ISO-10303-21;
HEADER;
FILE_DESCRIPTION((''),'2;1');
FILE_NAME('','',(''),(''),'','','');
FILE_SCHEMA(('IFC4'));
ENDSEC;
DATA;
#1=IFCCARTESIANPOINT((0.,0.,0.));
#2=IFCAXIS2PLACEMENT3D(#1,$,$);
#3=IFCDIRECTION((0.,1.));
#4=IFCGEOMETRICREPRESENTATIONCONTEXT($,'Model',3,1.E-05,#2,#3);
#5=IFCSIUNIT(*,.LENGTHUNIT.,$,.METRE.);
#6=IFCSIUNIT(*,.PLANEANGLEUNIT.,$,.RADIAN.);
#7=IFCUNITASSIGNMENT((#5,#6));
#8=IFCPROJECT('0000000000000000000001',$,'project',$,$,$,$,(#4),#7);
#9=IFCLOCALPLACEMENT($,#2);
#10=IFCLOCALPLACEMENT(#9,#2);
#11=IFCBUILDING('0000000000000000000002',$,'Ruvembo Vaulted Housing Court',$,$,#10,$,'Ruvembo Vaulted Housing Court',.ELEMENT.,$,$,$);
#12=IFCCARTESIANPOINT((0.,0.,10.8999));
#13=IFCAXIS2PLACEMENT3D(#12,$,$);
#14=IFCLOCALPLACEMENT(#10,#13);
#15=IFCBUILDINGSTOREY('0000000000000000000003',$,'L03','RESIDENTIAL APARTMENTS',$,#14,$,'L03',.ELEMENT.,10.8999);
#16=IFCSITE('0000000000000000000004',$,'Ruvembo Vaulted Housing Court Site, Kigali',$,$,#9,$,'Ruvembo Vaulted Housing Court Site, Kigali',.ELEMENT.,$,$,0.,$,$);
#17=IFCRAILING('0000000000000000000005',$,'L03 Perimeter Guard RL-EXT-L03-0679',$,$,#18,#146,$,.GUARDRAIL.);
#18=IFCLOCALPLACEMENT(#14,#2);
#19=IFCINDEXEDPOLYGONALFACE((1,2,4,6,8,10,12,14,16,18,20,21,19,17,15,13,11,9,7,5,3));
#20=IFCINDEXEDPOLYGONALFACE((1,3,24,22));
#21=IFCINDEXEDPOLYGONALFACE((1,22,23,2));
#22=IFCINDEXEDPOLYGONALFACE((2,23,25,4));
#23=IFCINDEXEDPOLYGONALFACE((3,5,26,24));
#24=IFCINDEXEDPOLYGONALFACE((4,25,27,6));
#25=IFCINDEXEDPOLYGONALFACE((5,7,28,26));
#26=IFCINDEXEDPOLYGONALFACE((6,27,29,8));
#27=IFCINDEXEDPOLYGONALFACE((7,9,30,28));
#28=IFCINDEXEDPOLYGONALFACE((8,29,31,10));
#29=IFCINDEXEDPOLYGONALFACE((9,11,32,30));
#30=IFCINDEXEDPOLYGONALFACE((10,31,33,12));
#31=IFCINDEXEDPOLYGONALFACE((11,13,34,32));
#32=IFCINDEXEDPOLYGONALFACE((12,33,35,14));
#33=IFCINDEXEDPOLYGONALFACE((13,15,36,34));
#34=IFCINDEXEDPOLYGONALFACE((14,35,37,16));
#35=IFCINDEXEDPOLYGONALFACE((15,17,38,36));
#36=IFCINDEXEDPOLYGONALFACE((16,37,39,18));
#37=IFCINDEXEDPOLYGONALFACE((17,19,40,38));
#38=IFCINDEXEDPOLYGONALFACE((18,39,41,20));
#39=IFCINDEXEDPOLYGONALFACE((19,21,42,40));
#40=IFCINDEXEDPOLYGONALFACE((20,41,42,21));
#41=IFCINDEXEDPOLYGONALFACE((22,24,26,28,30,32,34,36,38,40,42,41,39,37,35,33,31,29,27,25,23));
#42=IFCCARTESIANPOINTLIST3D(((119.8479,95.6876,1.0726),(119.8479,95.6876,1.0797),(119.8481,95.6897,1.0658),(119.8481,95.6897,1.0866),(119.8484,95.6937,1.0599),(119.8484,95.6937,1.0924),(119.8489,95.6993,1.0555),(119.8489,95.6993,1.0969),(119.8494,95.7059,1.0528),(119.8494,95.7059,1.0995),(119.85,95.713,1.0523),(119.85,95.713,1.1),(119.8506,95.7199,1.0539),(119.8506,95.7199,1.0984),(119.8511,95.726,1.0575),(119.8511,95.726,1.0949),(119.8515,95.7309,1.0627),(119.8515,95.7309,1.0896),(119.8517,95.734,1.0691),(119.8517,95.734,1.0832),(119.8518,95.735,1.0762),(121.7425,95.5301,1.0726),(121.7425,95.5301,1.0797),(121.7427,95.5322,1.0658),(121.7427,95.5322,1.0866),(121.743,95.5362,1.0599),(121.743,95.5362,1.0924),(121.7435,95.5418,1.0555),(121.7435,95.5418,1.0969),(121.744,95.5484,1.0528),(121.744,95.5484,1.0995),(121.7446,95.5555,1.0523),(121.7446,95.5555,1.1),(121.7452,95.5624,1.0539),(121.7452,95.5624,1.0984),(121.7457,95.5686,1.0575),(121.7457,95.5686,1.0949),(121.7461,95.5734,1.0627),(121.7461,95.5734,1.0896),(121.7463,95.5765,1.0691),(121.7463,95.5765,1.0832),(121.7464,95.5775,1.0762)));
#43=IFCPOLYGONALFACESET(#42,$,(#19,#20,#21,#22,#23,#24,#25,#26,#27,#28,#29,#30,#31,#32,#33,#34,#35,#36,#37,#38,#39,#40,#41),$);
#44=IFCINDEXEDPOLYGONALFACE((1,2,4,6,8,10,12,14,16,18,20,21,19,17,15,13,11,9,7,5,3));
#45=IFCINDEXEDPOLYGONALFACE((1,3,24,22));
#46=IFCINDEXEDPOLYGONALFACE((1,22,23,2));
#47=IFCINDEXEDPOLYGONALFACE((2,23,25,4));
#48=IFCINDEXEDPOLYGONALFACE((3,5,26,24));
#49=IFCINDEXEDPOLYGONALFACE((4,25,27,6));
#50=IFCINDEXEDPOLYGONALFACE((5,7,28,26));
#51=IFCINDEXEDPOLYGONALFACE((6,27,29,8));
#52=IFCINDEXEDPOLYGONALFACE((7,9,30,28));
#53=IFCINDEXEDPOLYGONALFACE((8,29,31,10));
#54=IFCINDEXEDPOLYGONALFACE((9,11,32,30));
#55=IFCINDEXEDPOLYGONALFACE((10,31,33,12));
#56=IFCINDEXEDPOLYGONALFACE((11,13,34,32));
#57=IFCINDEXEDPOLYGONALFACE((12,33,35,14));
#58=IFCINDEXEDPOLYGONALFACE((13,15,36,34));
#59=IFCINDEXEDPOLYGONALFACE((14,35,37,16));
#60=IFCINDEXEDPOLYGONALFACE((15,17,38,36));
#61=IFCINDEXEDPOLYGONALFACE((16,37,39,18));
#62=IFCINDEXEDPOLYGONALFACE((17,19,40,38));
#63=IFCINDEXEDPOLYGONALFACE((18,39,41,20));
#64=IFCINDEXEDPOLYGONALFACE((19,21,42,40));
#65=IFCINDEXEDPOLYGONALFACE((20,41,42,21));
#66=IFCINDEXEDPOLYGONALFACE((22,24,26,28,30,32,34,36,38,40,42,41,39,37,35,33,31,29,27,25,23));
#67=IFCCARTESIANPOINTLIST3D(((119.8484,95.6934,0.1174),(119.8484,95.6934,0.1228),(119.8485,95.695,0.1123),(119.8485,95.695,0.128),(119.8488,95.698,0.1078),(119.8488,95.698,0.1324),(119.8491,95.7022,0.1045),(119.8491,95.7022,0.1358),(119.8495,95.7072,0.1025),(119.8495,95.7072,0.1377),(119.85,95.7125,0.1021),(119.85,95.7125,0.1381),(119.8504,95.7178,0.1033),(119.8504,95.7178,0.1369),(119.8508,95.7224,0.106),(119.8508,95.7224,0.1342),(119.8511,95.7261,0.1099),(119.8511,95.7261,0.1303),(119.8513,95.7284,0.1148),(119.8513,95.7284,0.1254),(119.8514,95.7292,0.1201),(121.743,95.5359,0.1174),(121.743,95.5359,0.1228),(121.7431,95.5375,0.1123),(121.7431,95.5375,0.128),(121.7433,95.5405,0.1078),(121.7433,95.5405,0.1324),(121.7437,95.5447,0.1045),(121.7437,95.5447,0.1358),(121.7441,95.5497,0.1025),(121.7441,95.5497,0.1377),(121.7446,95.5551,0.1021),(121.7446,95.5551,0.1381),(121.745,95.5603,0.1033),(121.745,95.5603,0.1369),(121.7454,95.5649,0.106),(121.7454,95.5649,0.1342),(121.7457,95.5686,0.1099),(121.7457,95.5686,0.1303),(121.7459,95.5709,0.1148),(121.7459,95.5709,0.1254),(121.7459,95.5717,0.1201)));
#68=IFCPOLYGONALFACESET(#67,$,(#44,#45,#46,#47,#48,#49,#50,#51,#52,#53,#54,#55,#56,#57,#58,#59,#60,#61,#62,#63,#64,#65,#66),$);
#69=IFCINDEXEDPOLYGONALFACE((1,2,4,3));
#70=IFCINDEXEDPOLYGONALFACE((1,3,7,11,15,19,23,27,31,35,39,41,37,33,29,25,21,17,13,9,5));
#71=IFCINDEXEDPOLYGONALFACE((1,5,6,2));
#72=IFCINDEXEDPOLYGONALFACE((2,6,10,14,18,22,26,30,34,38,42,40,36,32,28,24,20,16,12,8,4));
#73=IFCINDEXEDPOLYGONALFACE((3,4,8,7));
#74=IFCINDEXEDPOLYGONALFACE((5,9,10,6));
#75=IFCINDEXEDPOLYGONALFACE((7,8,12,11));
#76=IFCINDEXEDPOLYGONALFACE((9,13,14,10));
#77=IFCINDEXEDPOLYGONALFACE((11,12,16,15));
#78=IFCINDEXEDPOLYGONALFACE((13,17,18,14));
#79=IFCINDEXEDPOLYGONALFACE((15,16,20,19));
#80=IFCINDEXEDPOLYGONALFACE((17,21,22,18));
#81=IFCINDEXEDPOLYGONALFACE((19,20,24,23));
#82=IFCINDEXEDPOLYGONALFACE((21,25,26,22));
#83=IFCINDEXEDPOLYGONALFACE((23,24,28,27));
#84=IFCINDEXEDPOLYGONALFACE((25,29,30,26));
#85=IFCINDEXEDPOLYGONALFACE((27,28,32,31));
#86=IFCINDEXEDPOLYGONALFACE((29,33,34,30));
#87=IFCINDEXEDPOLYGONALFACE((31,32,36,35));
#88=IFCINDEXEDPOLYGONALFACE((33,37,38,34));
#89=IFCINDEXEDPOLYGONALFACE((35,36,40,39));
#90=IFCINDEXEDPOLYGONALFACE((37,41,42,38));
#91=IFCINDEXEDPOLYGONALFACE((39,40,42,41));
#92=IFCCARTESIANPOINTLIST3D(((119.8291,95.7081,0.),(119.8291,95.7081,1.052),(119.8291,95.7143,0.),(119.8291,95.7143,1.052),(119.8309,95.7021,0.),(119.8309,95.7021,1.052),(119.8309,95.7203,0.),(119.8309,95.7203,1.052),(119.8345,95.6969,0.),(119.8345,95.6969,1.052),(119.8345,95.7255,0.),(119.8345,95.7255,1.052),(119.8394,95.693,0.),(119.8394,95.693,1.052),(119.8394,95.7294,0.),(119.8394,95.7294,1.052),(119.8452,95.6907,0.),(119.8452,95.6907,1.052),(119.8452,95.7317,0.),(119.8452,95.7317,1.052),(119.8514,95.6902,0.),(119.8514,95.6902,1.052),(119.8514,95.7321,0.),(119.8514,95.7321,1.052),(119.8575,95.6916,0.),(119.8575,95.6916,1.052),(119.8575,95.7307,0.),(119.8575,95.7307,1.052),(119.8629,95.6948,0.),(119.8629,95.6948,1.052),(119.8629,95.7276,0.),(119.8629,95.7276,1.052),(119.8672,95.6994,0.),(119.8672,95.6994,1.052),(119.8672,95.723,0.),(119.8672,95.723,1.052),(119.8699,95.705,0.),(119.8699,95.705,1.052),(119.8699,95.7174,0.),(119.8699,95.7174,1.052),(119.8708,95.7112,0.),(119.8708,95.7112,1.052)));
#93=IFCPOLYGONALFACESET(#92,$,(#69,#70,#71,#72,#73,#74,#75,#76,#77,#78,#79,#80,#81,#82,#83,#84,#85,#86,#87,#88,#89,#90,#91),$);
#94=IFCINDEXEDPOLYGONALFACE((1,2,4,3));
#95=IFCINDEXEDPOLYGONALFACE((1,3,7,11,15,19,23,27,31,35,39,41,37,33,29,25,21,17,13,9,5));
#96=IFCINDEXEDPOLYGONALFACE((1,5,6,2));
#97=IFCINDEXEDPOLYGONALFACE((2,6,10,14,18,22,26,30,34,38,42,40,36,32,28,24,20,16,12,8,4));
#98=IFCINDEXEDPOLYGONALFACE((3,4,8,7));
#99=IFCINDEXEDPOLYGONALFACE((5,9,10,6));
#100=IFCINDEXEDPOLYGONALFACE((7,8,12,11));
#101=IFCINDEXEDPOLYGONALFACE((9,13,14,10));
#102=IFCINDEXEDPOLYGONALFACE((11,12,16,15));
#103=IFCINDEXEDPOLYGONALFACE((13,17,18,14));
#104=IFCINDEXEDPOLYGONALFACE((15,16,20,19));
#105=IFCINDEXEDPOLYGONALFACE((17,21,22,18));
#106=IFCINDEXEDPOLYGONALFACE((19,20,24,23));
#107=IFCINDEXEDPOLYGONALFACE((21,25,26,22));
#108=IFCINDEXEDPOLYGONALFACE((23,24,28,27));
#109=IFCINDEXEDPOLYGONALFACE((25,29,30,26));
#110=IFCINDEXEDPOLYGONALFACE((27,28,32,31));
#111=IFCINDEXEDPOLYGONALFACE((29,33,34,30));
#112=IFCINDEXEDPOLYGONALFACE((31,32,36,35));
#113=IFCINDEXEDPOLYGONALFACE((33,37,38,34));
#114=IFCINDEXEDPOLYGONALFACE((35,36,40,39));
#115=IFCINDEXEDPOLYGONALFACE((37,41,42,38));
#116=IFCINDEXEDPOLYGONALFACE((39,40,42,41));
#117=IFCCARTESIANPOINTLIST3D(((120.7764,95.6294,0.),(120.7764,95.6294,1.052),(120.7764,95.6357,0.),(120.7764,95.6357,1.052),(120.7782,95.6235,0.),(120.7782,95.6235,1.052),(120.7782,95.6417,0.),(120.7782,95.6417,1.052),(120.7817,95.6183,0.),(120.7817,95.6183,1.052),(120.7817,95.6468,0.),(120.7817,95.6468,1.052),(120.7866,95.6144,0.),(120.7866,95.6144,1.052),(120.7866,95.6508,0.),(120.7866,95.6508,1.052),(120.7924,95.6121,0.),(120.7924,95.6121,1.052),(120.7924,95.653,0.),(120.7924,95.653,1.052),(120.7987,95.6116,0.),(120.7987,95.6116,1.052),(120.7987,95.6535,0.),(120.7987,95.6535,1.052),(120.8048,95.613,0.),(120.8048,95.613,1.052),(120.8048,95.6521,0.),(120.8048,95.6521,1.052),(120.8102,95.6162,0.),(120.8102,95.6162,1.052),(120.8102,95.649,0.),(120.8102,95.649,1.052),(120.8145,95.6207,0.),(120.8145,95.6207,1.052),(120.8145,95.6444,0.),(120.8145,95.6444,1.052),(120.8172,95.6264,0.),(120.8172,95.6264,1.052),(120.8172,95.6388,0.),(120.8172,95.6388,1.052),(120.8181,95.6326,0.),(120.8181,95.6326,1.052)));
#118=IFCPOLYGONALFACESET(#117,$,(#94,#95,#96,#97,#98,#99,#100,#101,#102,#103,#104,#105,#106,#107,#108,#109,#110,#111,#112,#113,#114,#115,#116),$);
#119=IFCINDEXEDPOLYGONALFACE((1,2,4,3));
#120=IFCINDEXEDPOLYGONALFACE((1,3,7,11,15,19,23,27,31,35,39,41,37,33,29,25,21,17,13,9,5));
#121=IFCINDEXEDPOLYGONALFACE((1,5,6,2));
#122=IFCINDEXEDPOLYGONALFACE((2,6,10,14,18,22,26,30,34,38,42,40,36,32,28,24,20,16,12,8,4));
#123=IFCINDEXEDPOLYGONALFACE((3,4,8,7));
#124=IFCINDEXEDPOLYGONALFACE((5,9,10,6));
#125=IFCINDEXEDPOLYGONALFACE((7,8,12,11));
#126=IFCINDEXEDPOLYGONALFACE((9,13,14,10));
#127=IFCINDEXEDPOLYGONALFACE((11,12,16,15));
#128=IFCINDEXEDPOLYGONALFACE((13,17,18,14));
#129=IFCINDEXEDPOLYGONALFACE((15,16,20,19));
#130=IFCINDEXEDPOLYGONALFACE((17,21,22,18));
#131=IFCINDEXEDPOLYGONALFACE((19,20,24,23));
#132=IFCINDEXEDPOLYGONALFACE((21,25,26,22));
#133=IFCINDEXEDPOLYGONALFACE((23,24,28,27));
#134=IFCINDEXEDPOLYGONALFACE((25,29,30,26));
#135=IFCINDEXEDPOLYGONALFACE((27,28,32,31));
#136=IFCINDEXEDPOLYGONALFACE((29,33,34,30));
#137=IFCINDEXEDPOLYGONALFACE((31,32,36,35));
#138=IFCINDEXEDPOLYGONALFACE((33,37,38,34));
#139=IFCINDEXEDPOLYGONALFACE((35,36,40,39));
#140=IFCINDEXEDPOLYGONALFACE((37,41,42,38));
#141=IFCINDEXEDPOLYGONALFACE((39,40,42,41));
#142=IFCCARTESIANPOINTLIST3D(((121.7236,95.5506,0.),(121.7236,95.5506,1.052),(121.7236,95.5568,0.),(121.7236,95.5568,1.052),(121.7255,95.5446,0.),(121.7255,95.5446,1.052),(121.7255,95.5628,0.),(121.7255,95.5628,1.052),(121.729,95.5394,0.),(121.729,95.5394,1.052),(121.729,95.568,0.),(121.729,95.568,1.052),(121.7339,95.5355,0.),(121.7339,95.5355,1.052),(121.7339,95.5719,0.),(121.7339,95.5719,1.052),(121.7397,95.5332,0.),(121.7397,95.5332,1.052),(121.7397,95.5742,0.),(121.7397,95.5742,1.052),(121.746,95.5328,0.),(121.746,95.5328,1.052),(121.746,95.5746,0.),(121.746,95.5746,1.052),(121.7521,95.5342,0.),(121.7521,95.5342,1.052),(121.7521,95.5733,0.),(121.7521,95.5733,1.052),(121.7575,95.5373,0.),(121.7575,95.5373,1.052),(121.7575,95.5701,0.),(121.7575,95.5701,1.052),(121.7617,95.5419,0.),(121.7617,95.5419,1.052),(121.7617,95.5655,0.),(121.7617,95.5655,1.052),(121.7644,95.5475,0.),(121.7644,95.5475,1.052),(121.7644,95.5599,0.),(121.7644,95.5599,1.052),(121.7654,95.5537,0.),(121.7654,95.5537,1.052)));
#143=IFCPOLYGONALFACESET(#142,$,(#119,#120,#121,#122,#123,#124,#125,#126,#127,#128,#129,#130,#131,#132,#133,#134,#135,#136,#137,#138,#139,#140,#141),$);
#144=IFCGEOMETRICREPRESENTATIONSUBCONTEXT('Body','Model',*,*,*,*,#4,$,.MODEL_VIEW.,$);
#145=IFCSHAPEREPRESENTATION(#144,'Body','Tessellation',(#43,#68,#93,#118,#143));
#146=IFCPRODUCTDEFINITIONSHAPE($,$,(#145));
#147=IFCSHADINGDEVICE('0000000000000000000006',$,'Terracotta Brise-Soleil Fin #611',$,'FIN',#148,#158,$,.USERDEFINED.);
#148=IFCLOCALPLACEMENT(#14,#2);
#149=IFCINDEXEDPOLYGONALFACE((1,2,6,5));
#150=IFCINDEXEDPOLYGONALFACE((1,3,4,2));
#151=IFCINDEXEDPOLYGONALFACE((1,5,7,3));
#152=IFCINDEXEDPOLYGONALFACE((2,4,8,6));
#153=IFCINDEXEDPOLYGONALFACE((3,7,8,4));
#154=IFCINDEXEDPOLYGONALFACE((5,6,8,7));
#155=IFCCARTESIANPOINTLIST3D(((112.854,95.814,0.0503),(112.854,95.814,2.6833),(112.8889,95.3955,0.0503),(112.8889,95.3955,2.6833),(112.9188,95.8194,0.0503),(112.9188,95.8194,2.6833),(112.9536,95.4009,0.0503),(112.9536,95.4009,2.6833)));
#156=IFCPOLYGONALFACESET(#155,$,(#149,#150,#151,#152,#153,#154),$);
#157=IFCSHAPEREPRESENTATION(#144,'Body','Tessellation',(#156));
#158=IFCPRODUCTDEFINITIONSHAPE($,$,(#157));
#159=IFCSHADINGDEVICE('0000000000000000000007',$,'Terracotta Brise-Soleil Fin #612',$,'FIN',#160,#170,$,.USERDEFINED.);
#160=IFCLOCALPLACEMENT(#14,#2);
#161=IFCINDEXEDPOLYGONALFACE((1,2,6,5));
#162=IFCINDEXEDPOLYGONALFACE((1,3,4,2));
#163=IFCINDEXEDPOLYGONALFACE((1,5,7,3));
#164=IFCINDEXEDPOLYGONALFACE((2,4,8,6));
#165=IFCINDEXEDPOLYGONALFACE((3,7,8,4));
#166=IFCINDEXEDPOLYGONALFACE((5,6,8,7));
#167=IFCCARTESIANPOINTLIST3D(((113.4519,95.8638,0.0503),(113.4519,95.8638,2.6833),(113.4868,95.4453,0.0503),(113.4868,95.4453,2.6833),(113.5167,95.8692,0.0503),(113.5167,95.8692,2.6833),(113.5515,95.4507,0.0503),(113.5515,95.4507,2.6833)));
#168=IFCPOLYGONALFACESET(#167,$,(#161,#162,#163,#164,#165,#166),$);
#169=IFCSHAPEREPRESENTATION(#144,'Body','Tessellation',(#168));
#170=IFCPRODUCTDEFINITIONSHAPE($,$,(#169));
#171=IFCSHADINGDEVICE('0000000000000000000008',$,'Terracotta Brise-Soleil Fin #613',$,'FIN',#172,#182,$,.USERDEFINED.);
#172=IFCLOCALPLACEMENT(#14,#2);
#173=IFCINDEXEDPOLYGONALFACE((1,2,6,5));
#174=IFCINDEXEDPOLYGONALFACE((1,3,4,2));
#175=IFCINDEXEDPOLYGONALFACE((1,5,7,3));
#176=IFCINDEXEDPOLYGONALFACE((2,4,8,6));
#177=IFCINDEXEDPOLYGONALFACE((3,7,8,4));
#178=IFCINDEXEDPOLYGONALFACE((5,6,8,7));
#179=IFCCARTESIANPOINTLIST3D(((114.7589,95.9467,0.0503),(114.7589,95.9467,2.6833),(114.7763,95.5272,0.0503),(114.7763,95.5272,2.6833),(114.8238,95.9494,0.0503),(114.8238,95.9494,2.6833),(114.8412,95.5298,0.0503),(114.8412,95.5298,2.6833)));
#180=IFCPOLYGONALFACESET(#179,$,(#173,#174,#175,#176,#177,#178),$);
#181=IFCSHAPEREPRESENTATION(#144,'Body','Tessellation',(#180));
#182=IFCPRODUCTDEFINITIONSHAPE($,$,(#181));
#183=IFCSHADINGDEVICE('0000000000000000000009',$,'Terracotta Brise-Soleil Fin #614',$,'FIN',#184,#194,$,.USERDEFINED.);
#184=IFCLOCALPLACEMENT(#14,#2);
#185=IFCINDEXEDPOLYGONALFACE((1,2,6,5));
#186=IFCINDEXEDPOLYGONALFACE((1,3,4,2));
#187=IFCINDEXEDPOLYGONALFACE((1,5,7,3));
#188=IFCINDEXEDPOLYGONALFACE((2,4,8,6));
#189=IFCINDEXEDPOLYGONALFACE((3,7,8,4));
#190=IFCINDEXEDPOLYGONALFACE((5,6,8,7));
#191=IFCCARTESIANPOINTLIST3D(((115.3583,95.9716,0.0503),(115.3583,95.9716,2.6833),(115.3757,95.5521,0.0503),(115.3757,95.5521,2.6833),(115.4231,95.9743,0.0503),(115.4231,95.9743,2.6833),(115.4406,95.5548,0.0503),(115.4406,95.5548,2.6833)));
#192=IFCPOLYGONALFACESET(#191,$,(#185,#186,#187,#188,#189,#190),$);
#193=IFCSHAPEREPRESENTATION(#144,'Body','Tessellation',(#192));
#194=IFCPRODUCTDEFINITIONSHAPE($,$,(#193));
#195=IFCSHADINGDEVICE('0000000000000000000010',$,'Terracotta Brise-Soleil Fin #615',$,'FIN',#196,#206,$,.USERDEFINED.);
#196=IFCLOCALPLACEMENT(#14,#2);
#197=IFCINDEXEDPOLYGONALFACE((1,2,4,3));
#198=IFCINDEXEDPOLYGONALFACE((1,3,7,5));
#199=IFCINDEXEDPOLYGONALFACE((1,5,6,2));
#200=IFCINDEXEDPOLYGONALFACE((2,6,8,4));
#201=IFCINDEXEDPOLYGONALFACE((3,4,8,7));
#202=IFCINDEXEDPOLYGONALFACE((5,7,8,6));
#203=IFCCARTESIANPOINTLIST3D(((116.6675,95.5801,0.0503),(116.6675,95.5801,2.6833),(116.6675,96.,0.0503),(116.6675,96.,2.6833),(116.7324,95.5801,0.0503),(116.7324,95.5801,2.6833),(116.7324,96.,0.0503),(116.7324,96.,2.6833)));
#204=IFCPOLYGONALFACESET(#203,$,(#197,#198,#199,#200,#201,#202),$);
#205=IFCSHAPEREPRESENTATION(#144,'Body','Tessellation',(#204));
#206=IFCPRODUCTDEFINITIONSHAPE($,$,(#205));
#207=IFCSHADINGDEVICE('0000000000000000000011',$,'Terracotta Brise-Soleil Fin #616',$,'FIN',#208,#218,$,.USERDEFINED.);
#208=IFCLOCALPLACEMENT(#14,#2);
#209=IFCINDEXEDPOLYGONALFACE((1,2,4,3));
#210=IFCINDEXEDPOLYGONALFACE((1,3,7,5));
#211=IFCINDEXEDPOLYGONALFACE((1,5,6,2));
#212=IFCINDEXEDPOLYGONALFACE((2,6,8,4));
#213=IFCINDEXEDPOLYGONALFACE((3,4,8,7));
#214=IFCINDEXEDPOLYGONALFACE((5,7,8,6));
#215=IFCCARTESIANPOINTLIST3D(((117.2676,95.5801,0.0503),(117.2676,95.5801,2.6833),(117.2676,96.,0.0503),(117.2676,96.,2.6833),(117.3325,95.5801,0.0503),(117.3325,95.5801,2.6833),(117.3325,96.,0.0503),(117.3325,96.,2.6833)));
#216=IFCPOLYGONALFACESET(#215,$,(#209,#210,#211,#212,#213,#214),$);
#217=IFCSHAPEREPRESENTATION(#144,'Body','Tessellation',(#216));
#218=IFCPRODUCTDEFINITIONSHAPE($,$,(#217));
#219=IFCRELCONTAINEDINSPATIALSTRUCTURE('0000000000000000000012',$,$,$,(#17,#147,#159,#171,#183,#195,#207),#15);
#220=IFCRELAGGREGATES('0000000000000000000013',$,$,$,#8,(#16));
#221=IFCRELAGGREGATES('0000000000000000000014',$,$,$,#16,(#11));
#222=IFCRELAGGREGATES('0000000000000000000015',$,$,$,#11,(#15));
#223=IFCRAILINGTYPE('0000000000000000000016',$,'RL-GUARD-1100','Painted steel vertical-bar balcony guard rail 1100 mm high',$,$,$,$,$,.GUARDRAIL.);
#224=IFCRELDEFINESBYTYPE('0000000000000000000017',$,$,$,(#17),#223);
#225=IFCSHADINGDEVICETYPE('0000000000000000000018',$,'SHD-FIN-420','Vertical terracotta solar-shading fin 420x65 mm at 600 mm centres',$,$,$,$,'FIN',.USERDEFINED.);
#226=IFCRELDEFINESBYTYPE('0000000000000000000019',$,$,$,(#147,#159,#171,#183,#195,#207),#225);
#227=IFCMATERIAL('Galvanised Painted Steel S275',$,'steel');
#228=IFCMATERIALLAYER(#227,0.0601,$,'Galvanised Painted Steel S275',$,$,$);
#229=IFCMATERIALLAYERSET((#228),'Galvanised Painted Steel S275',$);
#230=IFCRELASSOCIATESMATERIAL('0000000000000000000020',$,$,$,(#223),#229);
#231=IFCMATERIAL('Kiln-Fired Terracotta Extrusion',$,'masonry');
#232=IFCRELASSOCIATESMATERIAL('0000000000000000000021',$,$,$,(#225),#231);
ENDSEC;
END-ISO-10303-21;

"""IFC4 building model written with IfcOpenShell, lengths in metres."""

from ifc_helpers import new_model, si_unit, direction, frame, origin, origin_2d, place, context, subcontext, project, spatial, rectangle, circle, extrude, material, layer, layer_set, type_object, element, save


model = new_model("IFC4")

# Units and contexts
model_context = context("Model", 3, precision=1e-05, world=origin(), true_north=direction((0.0, 1.0)))
body_context = subcontext(model_context, "Body", "Model", "MODEL_VIEW")
ifc_project = project(units=[si_unit("LENGTHUNIT", "METRE"), si_unit("PLANEANGLEUNIT", "RADIAN")], contexts=[model_context])

# Site, building, storey
site_placement = place(None, origin())
site = spatial("IfcSite", under=ifc_project, at=site_placement, Name="Ruvembo Vaulted Housing Court Site, Kigali", LongName="Ruvembo Vaulted Housing Court Site, Kigali", CompositionType="ELEMENT", RefElevation=0.0)
building_placement = place(site_placement, origin())
building = spatial("IfcBuilding", under=site, at=building_placement, Name="Ruvembo Vaulted Housing Court", LongName="Ruvembo Vaulted Housing Court", CompositionType="ELEMENT")
storey_placement = place(building_placement, frame((0.0, 0.0, 10.8999)))
storey = spatial("IfcBuildingStorey", under=building, at=storey_placement, Name="L03", Description="RESIDENTIAL APARTMENTS", LongName="L03", CompositionType="ELEMENT", Elevation=10.8999)

# Railing
ifc_material_1 = material(Name="Galvanised Painted Steel S275", Category="steel")
ifc_layer = layer(ifc_material_1, 0.0601, Name="Galvanised Painted Steel S275")
ifc_layer_set = layer_set([ifc_layer], Name="Galvanised Painted Steel S275")
railing_type = type_object("IfcRailingType", Name="RL-GUARD-1100", Description="Painted steel vertical-bar balcony guard rail 1100 mm high", PredefinedType="GUARDRAIL", material=ifc_layer_set)
railing_1_placement = place(storey_placement, frame((119.8499, 95.7112, 0.0)))
element("IfcRailing", 1, at=railing_1_placement, inside=storey, type_object=railing_type, Name="L03 Perimeter Guard RL-EXT-L03-0679", PredefinedType="GUARDRAIL", context=body_context, shape_type="SweptSolid", body=[
    extrude(circle(Radius=0.0239, at=origin_2d()), frame((0.0, 0.0, 1.0762), z_axis=(0.996563, -0.082833, 0.0), x_axis=(0.082833, 0.996563, 0.0)), (0.0, 0.0, 1.0), 1.9011),
    extrude(circle(Radius=0.0181, at=origin_2d()), frame((0.0, 0.0, 0.1201), z_axis=(0.996563, -0.082833, 0.0), x_axis=(0.082833, 0.996563, 0.0)), (0.0, 0.0, 1.0), 1.9011),
    extrude(circle(Radius=0.021, at=origin_2d()), origin(), (0.0, 0.0, 1.0), 1.052),
    extrude(circle(Radius=0.021, at=origin_2d()), frame((0.9473, -0.0786, 0.0)), (0.0, 0.0, 1.0), 1.052),
    extrude(circle(Radius=0.021, at=origin_2d()), frame((1.8945, -0.1575, 0.0)), (0.0, 0.0, 1.0), 1.052),
])

# Shading devices
ifc_material_2 = material(Name="Kiln-Fired Terracotta Extrusion", Category="masonry")
shading_device_type = type_object("IfcShadingDeviceType", Name="SHD-FIN-420", Description="Vertical terracotta solar-shading fin 420x65 mm at 600 mm centres", ElementType="FIN", PredefinedType="USERDEFINED", material=ifc_material_2)
for number, where, z_axis, x_axis, name in (
    (2, (112.9038, 95.6074, 0.0503), (0.0, 0.0, 1.0), (0.082895, -0.996558, 0.0), "Terracotta Brise-Soleil Fin #611"),
    (3, (113.5017, 95.6572, 0.0503), (0.0, 0.0, 1.0), (0.082895, -0.996558, 0.0), "Terracotta Brise-Soleil Fin #612"),
    (4, (114.8, 95.7383, 0.0503), (0.0, 0.0, 1.0), (0.041509, -0.999138, 0.0), "Terracotta Brise-Soleil Fin #613"),
    (5, (115.3994, 95.7632, 0.0503), (0.0, 0.0, 1.0), (0.041509, -0.999138, 0.0), "Terracotta Brise-Soleil Fin #614"),
    (6, (116.7, 95.79, 0.0503), (0.0, 0.0, 1.0), (0.0, -1.0, 0.0), "Terracotta Brise-Soleil Fin #615"),
    (7, (117.3, 95.79, 0.0503), (0.0, 0.0, 1.0), (0.0, -1.0, 0.0), "Terracotta Brise-Soleil Fin #616"),
):
    element("IfcShadingDevice", number, at=place(storey_placement, frame(where, z_axis=z_axis, x_axis=x_axis)), inside=storey, type_object=shading_device_type, Name=name, ObjectType="FIN", PredefinedType="USERDEFINED", context=body_context, shape_type="SweptSolid", body=[
        extrude(rectangle(XDim=0.4199, YDim=0.0649, at=origin_2d()), origin(), (0.0, 0.0, 1.0), 2.6331),
    ])

save(model, "model.ifc")
